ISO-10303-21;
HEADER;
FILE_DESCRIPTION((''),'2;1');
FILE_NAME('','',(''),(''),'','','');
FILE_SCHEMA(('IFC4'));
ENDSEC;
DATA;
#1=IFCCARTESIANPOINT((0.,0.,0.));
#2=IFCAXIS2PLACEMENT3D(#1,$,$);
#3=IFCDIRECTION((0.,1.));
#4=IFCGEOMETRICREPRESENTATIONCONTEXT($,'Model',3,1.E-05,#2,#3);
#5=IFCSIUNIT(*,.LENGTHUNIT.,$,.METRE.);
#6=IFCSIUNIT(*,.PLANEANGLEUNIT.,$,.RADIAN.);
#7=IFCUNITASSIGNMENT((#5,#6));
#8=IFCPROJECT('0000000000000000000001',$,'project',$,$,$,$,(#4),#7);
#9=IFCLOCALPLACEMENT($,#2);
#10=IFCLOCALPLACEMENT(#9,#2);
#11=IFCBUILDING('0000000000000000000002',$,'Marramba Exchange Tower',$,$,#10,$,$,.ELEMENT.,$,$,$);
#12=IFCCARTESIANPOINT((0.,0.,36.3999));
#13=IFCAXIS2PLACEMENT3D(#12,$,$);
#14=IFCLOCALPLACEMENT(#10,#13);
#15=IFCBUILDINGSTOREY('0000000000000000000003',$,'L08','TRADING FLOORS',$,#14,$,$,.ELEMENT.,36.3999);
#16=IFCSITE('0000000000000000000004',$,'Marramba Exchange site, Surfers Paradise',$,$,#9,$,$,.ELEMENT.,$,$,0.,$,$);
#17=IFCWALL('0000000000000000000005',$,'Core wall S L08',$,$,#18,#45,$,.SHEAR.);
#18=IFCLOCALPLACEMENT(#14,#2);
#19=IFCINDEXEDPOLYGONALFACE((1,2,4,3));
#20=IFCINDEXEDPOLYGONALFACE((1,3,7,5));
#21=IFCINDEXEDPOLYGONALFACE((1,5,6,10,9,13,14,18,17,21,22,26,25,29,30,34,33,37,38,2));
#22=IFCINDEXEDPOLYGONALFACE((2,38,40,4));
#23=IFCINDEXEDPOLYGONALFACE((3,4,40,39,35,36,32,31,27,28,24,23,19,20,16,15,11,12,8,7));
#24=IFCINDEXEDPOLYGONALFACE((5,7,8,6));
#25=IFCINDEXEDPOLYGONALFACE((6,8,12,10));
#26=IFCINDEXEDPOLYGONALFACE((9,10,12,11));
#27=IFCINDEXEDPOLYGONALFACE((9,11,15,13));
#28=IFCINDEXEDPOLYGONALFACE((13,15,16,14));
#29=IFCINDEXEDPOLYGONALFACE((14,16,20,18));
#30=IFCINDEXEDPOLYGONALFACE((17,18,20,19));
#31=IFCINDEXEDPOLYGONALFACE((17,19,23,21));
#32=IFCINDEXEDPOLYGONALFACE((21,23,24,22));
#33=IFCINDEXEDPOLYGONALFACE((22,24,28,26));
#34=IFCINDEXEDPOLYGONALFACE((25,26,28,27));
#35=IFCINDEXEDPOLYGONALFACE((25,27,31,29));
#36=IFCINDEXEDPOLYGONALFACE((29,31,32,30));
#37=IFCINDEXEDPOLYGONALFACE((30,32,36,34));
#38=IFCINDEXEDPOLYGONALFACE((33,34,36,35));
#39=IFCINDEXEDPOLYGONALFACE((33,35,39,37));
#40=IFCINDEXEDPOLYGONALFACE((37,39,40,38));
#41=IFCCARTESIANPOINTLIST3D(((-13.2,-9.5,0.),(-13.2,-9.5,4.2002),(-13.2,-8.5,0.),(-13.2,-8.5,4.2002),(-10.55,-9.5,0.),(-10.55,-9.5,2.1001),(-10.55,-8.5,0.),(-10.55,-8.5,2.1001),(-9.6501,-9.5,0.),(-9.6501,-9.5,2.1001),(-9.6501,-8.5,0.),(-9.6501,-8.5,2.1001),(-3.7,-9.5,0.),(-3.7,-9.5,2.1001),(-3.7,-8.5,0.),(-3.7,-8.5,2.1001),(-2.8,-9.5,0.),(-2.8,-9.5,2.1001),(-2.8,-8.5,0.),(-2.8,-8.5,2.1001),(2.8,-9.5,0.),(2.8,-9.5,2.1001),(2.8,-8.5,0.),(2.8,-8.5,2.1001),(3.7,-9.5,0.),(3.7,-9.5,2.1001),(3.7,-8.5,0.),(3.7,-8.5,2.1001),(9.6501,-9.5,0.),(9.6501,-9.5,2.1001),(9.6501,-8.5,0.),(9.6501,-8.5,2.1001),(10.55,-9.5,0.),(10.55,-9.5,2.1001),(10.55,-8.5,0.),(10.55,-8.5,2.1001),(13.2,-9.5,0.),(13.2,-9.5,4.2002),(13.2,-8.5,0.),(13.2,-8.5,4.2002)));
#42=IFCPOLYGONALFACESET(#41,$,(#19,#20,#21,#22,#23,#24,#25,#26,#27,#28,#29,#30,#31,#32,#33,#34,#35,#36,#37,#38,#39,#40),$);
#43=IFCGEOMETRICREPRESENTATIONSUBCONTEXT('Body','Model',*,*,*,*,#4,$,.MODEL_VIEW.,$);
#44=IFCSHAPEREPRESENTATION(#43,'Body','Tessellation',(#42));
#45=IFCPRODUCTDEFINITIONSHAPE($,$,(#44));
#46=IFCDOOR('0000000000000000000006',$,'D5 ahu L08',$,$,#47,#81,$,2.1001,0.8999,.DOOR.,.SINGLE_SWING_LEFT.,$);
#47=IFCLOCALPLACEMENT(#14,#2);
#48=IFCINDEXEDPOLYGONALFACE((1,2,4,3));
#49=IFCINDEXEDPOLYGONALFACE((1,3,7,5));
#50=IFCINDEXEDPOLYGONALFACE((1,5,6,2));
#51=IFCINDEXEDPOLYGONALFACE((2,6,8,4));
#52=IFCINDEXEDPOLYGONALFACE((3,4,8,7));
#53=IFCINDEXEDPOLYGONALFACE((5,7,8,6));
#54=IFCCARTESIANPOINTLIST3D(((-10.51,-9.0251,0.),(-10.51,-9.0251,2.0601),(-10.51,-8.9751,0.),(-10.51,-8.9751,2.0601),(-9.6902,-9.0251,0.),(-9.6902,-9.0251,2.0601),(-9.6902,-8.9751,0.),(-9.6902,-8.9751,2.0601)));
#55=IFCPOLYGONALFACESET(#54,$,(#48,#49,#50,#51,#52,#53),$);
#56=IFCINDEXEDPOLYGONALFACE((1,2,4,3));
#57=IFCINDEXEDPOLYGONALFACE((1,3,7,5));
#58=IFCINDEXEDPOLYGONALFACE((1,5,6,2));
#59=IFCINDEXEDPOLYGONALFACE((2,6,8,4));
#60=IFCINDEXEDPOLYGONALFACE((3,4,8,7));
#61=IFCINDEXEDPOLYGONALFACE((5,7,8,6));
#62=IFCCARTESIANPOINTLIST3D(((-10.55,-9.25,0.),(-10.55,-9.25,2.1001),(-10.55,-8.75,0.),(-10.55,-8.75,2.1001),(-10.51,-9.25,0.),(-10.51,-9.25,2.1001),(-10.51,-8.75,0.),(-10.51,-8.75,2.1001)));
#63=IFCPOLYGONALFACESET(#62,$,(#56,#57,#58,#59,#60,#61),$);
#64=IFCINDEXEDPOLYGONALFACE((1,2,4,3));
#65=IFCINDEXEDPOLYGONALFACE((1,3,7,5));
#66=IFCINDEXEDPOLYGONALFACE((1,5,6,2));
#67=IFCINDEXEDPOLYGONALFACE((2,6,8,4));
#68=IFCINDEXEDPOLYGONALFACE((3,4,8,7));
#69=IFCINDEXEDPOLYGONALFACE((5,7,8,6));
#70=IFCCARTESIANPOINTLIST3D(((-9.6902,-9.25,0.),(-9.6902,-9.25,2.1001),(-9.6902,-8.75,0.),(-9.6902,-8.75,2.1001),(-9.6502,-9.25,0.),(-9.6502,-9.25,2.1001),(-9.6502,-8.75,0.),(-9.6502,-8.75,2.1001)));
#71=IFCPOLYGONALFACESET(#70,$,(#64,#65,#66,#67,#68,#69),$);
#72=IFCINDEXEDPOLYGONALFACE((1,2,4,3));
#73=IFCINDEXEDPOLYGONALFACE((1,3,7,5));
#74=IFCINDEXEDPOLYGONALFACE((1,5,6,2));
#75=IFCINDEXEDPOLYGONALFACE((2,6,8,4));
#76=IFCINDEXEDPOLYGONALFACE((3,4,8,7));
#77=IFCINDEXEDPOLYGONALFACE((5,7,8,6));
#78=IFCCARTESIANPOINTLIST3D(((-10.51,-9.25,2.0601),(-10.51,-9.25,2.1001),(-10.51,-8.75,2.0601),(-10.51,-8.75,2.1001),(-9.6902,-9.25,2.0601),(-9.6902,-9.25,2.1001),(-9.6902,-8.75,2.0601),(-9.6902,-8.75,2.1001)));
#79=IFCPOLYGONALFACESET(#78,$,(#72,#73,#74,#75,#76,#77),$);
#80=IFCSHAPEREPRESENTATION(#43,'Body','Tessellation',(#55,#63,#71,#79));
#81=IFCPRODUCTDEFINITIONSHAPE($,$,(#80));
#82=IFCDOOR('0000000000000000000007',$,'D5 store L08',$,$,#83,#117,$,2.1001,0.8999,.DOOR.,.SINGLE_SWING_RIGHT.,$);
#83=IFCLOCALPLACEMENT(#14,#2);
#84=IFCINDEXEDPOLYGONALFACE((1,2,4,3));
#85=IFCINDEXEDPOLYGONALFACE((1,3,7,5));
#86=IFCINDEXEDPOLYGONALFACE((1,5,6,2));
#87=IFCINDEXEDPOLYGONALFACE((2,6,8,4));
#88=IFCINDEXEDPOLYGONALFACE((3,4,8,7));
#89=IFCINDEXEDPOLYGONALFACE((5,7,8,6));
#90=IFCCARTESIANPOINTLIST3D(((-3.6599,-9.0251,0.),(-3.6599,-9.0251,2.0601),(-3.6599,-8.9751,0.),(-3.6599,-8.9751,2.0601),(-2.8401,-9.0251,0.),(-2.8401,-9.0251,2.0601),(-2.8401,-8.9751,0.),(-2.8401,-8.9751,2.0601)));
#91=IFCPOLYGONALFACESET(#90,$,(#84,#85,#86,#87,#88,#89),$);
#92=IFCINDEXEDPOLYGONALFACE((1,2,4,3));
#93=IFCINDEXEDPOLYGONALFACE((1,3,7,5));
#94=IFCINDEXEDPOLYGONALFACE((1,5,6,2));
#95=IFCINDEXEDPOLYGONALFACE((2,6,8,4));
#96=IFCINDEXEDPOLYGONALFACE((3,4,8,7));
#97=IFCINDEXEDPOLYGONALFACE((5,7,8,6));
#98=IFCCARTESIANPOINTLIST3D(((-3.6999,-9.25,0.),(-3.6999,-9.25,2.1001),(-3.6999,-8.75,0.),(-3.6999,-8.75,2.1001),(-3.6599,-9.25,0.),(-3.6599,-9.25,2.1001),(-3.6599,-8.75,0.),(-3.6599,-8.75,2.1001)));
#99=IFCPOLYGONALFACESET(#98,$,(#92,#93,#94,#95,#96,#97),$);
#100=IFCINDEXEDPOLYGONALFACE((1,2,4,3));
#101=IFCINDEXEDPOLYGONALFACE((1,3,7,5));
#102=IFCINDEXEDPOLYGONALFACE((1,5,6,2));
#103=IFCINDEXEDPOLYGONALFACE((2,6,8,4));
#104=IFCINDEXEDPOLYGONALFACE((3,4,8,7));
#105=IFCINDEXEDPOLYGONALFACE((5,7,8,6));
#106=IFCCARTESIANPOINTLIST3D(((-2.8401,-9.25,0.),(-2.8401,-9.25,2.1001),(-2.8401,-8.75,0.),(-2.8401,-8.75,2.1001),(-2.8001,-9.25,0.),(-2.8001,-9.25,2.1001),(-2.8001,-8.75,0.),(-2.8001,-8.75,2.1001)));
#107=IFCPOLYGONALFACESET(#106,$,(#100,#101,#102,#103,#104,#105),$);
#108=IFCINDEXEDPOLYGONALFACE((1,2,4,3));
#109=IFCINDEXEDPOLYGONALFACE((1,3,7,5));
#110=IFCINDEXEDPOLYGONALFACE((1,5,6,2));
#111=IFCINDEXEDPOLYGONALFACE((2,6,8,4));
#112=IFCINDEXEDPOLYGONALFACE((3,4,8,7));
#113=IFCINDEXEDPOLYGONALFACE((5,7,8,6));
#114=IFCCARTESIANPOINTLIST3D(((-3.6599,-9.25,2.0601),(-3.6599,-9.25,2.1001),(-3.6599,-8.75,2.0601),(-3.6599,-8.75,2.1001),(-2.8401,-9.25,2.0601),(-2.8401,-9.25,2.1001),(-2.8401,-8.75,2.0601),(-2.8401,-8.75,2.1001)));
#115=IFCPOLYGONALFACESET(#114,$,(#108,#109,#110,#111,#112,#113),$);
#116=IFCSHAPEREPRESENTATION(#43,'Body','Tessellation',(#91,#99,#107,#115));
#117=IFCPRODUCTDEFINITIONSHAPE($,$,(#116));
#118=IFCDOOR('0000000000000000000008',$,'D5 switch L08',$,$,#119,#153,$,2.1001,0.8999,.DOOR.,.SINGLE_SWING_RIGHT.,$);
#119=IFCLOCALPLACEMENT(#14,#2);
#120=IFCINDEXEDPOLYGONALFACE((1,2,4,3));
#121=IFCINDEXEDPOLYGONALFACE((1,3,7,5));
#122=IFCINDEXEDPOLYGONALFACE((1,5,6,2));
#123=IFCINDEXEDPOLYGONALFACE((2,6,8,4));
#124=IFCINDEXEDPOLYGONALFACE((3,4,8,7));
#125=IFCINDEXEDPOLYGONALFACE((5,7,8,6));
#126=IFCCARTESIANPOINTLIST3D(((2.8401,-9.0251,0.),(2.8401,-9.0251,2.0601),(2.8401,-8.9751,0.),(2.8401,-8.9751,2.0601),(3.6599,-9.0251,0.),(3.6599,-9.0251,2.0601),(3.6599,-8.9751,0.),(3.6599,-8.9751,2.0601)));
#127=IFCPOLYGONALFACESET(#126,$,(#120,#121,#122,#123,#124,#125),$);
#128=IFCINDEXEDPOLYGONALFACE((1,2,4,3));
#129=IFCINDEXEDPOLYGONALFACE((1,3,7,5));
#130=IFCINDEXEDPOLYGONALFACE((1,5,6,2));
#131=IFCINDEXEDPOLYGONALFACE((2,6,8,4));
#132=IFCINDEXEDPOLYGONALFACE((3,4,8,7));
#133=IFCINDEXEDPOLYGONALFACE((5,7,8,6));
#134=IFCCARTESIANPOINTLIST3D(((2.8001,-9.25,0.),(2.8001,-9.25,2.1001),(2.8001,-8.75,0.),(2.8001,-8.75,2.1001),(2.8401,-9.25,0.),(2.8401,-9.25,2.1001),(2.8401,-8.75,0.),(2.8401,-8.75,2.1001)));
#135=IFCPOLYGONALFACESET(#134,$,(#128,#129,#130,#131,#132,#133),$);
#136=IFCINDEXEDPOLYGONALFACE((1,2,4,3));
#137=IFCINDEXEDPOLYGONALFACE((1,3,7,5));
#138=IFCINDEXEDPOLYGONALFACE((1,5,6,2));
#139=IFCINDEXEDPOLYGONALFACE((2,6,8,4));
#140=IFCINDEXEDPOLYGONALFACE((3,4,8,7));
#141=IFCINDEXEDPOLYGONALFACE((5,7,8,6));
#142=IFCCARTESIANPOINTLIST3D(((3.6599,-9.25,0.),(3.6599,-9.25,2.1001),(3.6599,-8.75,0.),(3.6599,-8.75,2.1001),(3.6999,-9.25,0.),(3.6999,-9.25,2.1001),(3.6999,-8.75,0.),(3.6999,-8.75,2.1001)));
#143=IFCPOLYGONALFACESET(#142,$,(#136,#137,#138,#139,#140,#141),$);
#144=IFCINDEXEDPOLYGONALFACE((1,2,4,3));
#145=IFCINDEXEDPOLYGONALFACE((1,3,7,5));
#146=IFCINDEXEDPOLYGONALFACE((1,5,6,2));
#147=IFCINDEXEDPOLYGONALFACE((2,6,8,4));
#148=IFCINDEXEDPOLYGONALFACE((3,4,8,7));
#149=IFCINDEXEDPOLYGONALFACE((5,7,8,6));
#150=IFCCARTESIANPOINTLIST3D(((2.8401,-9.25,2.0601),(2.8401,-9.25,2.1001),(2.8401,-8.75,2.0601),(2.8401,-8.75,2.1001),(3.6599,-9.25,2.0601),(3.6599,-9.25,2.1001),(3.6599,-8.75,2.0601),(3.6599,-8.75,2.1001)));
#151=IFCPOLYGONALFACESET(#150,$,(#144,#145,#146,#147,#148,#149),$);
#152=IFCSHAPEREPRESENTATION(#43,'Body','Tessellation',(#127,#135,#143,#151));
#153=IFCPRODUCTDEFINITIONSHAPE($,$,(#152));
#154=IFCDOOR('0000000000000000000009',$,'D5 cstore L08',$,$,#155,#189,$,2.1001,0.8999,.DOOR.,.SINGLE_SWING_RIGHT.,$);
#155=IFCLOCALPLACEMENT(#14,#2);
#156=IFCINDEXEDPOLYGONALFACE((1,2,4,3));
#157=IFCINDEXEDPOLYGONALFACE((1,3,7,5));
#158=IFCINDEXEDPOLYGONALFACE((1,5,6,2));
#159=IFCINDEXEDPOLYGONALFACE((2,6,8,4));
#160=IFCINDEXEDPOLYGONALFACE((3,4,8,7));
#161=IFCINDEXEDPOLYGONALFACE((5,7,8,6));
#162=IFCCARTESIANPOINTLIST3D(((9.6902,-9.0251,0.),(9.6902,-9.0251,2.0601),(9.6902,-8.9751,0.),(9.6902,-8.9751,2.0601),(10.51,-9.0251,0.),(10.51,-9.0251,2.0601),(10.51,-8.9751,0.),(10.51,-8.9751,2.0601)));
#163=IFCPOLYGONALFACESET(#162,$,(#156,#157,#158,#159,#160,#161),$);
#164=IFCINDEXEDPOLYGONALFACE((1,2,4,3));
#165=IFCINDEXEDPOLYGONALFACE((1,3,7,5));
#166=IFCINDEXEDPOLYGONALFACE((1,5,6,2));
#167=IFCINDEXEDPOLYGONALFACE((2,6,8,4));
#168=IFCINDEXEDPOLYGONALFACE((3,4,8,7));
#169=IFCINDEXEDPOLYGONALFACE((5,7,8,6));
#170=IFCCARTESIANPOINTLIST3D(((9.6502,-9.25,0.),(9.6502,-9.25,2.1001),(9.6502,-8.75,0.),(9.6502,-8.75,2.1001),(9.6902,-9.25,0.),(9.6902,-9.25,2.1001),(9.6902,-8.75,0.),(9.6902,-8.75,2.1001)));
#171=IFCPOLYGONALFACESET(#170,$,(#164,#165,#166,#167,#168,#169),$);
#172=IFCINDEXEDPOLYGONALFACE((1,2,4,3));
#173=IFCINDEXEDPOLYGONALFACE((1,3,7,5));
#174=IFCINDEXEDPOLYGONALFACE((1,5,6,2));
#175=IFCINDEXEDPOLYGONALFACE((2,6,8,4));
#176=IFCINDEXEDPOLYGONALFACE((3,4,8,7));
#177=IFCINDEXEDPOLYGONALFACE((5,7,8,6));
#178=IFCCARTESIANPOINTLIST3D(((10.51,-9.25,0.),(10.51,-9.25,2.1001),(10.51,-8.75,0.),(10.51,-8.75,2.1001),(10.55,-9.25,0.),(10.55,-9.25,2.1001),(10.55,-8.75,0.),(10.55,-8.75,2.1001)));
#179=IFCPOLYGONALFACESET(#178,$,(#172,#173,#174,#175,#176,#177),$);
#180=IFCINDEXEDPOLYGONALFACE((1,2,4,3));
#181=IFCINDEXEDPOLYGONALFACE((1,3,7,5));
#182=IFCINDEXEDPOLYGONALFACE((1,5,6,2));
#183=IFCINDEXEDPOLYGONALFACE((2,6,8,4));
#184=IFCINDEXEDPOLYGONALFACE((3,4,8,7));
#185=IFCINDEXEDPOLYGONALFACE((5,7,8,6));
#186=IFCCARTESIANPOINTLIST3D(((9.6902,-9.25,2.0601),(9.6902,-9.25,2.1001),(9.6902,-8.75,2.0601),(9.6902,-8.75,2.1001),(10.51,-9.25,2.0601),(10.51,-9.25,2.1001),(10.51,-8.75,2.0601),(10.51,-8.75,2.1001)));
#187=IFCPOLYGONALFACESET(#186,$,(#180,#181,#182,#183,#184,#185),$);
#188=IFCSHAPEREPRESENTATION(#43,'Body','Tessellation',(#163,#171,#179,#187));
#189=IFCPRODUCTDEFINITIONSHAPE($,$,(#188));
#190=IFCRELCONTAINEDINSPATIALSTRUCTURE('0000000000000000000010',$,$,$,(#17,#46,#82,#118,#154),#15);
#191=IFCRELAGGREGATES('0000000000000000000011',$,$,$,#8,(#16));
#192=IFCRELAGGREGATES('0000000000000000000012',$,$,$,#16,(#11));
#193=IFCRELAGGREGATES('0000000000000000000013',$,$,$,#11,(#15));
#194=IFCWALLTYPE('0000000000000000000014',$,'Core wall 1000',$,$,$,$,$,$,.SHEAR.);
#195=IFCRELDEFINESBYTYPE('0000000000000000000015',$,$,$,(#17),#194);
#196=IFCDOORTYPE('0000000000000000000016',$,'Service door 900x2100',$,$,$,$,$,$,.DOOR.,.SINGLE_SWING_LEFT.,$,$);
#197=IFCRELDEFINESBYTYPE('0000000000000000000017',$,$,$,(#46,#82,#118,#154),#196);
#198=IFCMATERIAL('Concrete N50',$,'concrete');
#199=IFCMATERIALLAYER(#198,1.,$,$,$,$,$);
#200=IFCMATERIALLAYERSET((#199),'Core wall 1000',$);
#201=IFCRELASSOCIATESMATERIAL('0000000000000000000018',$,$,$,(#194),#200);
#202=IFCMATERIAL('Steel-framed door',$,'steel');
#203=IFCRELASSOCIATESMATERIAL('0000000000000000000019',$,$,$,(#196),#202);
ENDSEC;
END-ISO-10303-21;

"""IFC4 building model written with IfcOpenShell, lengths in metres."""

from ifc_helpers import new_model, si_unit, direction, frame, frame_2d, origin, place, context, subcontext, project, spatial, rectangle, extrude, material, layer, layer_set, type_object, element, fill, save


model = new_model("IFC4")

# Units and contexts
model_context = context("Model", 3, precision=1e-05, world=origin(), true_north=direction((0.0, 1.0)))
body_context = subcontext(model_context, "Body", "Model", "MODEL_VIEW")
ifc_project = project(units=[si_unit("LENGTHUNIT", "METRE"), si_unit("PLANEANGLEUNIT", "RADIAN")], contexts=[model_context])

# Site, building, storey
site_placement = place(None, origin())
site = spatial("IfcSite", under=ifc_project, at=site_placement, Name="Marramba Exchange site, Surfers Paradise", CompositionType="ELEMENT", RefElevation=0.0)
building_placement = place(site_placement, origin())
building = spatial("IfcBuilding", under=site, at=building_placement, Name="Marramba Exchange Tower", CompositionType="ELEMENT")
storey_placement = place(building_placement, frame((0.0, 0.0, 36.3999)))
storey = spatial("IfcBuildingStorey", under=building, at=storey_placement, Name="L08", Description="TRADING FLOORS", CompositionType="ELEMENT", Elevation=36.3999)

# Shared definitions
ifc_material_1 = material(Name="Concrete N50", Category="concrete")

# Wall, openings, doors
ifc_layer_1 = layer(ifc_material_1, 1.0)
ifc_layer_set_1 = layer_set([ifc_layer_1], Name="Core wall 1000")
wall_type_1 = type_object("IfcWallType", Name="Core wall 1000", PredefinedType="SHEAR", material=ifc_layer_set_1)
wall_1_placement = place(storey_placement, frame((-13.2, -9.0, 0.0), z_axis=(0.0, 0.0, 1.0), x_axis=(1.0, 0.0, 0.0)))
wall_1 = element("IfcWall", 1, at=wall_1_placement, inside=storey, type_object=wall_type_1, Name="Core wall S L08", PredefinedType="SHEAR", context=body_context, shape_type="SweptSolid", body=[
    extrude(rectangle(XDim=26.3999, YDim=1.0, at=frame_2d((13.2, 0.0))), origin(), (0.0, 0.0, 1.0), 4.2002),
])
opening_1_placement = place(wall_1_placement, frame((2.6499, 0.0, 0.0)))
opening_1 = element("IfcOpeningElement", 2, at=opening_1_placement, cuts=wall_1, PredefinedType="OPENING", context=body_context, shape_type="SweptSolid", body=[
    extrude(rectangle(XDim=0.8999, YDim=2.1001, at=frame_2d((0.45, 1.05))), frame((0.0, 0.51, 0.0), z_axis=(0.0, -1.0, 0.0), x_axis=(1.0, 0.0, 0.0)), (0.0, 0.0, 1.0), 1.02),
])
opening_2_placement = place(wall_1_placement, frame((9.5, 0.0, 0.0)))
opening_2 = element("IfcOpeningElement", 3, at=opening_2_placement, cuts=wall_1, PredefinedType="OPENING", context=body_context, shape_type="SweptSolid", body=[
    extrude(rectangle(XDim=0.8999, YDim=2.1001, at=frame_2d((0.45, 1.05))), frame((0.0, 0.51, 0.0), z_axis=(0.0, -1.0, 0.0), x_axis=(1.0, 0.0, 0.0)), (0.0, 0.0, 1.0), 1.02),
])
opening_3_placement = place(wall_1_placement, frame((16.0, 0.0, 0.0)))
opening_3 = element("IfcOpeningElement", 4, at=opening_3_placement, cuts=wall_1, PredefinedType="OPENING", context=body_context, shape_type="SweptSolid", body=[
    extrude(rectangle(XDim=0.8999, YDim=2.1001, at=frame_2d((0.45, 1.05))), frame((0.0, 0.51, 0.0), z_axis=(0.0, -1.0, 0.0), x_axis=(1.0, 0.0, 0.0)), (0.0, 0.0, 1.0), 1.02),
])
opening_4_placement = place(wall_1_placement, frame((22.8501, 0.0, 0.0)))
opening_4 = element("IfcOpeningElement", 5, at=opening_4_placement, cuts=wall_1, PredefinedType="OPENING", context=body_context, shape_type="SweptSolid", body=[
    extrude(rectangle(XDim=0.8999, YDim=2.1001, at=frame_2d((0.45, 1.05))), frame((0.0, 0.51, 0.0), z_axis=(0.0, -1.0, 0.0), x_axis=(1.0, 0.0, 0.0)), (0.0, 0.0, 1.0), 1.02),
])
ifc_material_2 = material(Name="Steel-framed door", Category="steel")
door_type = type_object("IfcDoorType", Name="Service door 900x2100", OperationType="SINGLE_SWING_LEFT", PredefinedType="DOOR", material=ifc_material_2)
door_1_placement = place(opening_1_placement, origin())
door_1 = element("IfcDoor", 6, at=door_1_placement, inside=storey, type_object=door_type, Name="D5 ahu L08", OperationType="SINGLE_SWING_LEFT", OverallHeight=2.1001, OverallWidth=0.8999, PredefinedType="DOOR", context=body_context, shape_type="SweptSolid", body=[
    extrude(rectangle(XDim=0.8198, YDim=2.0601, at=frame_2d((0.45, 1.03))), frame((0.0, 0.0249, 0.0), z_axis=(0.0, -1.0, 0.0), x_axis=(1.0, 0.0, 0.0)), (0.0, 0.0, 1.0), 0.05),
    extrude(rectangle(XDim=0.04, YDim=2.1001, at=frame_2d((0.02, 1.05))), frame((0.0, 0.25, 0.0), z_axis=(0.0, -1.0, 0.0), x_axis=(1.0, 0.0, 0.0)), (0.0, 0.0, 1.0), 0.5),
    extrude(rectangle(XDim=0.04, YDim=2.1001, at=frame_2d((0.8799, 1.05))), frame((0.0, 0.25, 0.0), z_axis=(0.0, -1.0, 0.0), x_axis=(1.0, 0.0, 0.0)), (0.0, 0.0, 1.0), 0.5),
    extrude(rectangle(XDim=0.8198, YDim=0.04, at=frame_2d((0.45, 2.0801))), frame((0.0, 0.25, 0.0), z_axis=(0.0, -1.0, 0.0), x_axis=(1.0, 0.0, 0.0)), (0.0, 0.0, 1.0), 0.5),
])
fill(opening_1, door_1)
door_2_placement = place(opening_2_placement, origin())
door_2 = element("IfcDoor", 7, at=door_2_placement, inside=storey, type_object=door_type, Name="D5 store L08", OperationType="SINGLE_SWING_RIGHT", OverallHeight=2.1001, OverallWidth=0.8999, PredefinedType="DOOR", context=body_context, shape_type="SweptSolid", body=[
    extrude(rectangle(XDim=0.8198, YDim=2.0601, at=frame_2d((0.45, 1.03))), frame((0.0, 0.0249, 0.0), z_axis=(0.0, -1.0, 0.0), x_axis=(1.0, 0.0, 0.0)), (0.0, 0.0, 1.0), 0.05),
    extrude(rectangle(XDim=0.04, YDim=2.1001, at=frame_2d((0.02, 1.05))), frame((0.0, 0.25, 0.0), z_axis=(0.0, -1.0, 0.0), x_axis=(1.0, 0.0, 0.0)), (0.0, 0.0, 1.0), 0.5),
    extrude(rectangle(XDim=0.04, YDim=2.1001, at=frame_2d((0.8799, 1.05))), frame((0.0, 0.25, 0.0), z_axis=(0.0, -1.0, 0.0), x_axis=(1.0, 0.0, 0.0)), (0.0, 0.0, 1.0), 0.5),
    extrude(rectangle(XDim=0.8198, YDim=0.04, at=frame_2d((0.45, 2.0801))), frame((0.0, 0.25, 0.0), z_axis=(0.0, -1.0, 0.0), x_axis=(1.0, 0.0, 0.0)), (0.0, 0.0, 1.0), 0.5),
])
fill(opening_2, door_2)
door_3_placement = place(opening_3_placement, origin())
door_3 = element("IfcDoor", 8, at=door_3_placement, inside=storey, type_object=door_type, Name="D5 switch L08", OperationType="SINGLE_SWING_RIGHT", OverallHeight=2.1001, OverallWidth=0.8999, PredefinedType="DOOR", context=body_context, shape_type="SweptSolid", body=[
    extrude(rectangle(XDim=0.8198, YDim=2.0601, at=frame_2d((0.45, 1.03))), frame((0.0, 0.0249, 0.0), z_axis=(0.0, -1.0, 0.0), x_axis=(1.0, 0.0, 0.0)), (0.0, 0.0, 1.0), 0.05),
    extrude(rectangle(XDim=0.04, YDim=2.1001, at=frame_2d((0.02, 1.05))), frame((0.0, 0.25, 0.0), z_axis=(0.0, -1.0, 0.0), x_axis=(1.0, 0.0, 0.0)), (0.0, 0.0, 1.0), 0.5),
    extrude(rectangle(XDim=0.04, YDim=2.1001, at=frame_2d((0.8799, 1.05))), frame((0.0, 0.25, 0.0), z_axis=(0.0, -1.0, 0.0), x_axis=(1.0, 0.0, 0.0)), (0.0, 0.0, 1.0), 0.5),
    extrude(rectangle(XDim=0.8198, YDim=0.04, at=frame_2d((0.45, 2.0801))), frame((0.0, 0.25, 0.0), z_axis=(0.0, -1.0, 0.0), x_axis=(1.0, 0.0, 0.0)), (0.0, 0.0, 1.0), 0.5),
])
fill(opening_3, door_3)
door_4_placement = place(opening_4_placement, origin())
door_4 = element("IfcDoor", 9, at=door_4_placement, inside=storey, type_object=door_type, Name="D5 cstore L08", OperationType="SINGLE_SWING_RIGHT", OverallHeight=2.1001, OverallWidth=0.8999, PredefinedType="DOOR", context=body_context, shape_type="SweptSolid", body=[
    extrude(rectangle(XDim=0.8198, YDim=2.0601, at=frame_2d((0.45, 1.03))), frame((0.0, 0.0249, 0.0), z_axis=(0.0, -1.0, 0.0), x_axis=(1.0, 0.0, 0.0)), (0.0, 0.0, 1.0), 0.05),
    extrude(rectangle(XDim=0.04, YDim=2.1001, at=frame_2d((0.02, 1.05))), frame((0.0, 0.25, 0.0), z_axis=(0.0, -1.0, 0.0), x_axis=(1.0, 0.0, 0.0)), (0.0, 0.0, 1.0), 0.5),
    extrude(rectangle(XDim=0.04, YDim=2.1001, at=frame_2d((0.8799, 1.05))), frame((0.0, 0.25, 0.0), z_axis=(0.0, -1.0, 0.0), x_axis=(1.0, 0.0, 0.0)), (0.0, 0.0, 1.0), 0.5),
    extrude(rectangle(XDim=0.8198, YDim=0.04, at=frame_2d((0.45, 2.0801))), frame((0.0, 0.25, 0.0), z_axis=(0.0, -1.0, 0.0), x_axis=(1.0, 0.0, 0.0)), (0.0, 0.0, 1.0), 0.5),
])
fill(opening_4, door_4)

save(model, "model.ifc")
